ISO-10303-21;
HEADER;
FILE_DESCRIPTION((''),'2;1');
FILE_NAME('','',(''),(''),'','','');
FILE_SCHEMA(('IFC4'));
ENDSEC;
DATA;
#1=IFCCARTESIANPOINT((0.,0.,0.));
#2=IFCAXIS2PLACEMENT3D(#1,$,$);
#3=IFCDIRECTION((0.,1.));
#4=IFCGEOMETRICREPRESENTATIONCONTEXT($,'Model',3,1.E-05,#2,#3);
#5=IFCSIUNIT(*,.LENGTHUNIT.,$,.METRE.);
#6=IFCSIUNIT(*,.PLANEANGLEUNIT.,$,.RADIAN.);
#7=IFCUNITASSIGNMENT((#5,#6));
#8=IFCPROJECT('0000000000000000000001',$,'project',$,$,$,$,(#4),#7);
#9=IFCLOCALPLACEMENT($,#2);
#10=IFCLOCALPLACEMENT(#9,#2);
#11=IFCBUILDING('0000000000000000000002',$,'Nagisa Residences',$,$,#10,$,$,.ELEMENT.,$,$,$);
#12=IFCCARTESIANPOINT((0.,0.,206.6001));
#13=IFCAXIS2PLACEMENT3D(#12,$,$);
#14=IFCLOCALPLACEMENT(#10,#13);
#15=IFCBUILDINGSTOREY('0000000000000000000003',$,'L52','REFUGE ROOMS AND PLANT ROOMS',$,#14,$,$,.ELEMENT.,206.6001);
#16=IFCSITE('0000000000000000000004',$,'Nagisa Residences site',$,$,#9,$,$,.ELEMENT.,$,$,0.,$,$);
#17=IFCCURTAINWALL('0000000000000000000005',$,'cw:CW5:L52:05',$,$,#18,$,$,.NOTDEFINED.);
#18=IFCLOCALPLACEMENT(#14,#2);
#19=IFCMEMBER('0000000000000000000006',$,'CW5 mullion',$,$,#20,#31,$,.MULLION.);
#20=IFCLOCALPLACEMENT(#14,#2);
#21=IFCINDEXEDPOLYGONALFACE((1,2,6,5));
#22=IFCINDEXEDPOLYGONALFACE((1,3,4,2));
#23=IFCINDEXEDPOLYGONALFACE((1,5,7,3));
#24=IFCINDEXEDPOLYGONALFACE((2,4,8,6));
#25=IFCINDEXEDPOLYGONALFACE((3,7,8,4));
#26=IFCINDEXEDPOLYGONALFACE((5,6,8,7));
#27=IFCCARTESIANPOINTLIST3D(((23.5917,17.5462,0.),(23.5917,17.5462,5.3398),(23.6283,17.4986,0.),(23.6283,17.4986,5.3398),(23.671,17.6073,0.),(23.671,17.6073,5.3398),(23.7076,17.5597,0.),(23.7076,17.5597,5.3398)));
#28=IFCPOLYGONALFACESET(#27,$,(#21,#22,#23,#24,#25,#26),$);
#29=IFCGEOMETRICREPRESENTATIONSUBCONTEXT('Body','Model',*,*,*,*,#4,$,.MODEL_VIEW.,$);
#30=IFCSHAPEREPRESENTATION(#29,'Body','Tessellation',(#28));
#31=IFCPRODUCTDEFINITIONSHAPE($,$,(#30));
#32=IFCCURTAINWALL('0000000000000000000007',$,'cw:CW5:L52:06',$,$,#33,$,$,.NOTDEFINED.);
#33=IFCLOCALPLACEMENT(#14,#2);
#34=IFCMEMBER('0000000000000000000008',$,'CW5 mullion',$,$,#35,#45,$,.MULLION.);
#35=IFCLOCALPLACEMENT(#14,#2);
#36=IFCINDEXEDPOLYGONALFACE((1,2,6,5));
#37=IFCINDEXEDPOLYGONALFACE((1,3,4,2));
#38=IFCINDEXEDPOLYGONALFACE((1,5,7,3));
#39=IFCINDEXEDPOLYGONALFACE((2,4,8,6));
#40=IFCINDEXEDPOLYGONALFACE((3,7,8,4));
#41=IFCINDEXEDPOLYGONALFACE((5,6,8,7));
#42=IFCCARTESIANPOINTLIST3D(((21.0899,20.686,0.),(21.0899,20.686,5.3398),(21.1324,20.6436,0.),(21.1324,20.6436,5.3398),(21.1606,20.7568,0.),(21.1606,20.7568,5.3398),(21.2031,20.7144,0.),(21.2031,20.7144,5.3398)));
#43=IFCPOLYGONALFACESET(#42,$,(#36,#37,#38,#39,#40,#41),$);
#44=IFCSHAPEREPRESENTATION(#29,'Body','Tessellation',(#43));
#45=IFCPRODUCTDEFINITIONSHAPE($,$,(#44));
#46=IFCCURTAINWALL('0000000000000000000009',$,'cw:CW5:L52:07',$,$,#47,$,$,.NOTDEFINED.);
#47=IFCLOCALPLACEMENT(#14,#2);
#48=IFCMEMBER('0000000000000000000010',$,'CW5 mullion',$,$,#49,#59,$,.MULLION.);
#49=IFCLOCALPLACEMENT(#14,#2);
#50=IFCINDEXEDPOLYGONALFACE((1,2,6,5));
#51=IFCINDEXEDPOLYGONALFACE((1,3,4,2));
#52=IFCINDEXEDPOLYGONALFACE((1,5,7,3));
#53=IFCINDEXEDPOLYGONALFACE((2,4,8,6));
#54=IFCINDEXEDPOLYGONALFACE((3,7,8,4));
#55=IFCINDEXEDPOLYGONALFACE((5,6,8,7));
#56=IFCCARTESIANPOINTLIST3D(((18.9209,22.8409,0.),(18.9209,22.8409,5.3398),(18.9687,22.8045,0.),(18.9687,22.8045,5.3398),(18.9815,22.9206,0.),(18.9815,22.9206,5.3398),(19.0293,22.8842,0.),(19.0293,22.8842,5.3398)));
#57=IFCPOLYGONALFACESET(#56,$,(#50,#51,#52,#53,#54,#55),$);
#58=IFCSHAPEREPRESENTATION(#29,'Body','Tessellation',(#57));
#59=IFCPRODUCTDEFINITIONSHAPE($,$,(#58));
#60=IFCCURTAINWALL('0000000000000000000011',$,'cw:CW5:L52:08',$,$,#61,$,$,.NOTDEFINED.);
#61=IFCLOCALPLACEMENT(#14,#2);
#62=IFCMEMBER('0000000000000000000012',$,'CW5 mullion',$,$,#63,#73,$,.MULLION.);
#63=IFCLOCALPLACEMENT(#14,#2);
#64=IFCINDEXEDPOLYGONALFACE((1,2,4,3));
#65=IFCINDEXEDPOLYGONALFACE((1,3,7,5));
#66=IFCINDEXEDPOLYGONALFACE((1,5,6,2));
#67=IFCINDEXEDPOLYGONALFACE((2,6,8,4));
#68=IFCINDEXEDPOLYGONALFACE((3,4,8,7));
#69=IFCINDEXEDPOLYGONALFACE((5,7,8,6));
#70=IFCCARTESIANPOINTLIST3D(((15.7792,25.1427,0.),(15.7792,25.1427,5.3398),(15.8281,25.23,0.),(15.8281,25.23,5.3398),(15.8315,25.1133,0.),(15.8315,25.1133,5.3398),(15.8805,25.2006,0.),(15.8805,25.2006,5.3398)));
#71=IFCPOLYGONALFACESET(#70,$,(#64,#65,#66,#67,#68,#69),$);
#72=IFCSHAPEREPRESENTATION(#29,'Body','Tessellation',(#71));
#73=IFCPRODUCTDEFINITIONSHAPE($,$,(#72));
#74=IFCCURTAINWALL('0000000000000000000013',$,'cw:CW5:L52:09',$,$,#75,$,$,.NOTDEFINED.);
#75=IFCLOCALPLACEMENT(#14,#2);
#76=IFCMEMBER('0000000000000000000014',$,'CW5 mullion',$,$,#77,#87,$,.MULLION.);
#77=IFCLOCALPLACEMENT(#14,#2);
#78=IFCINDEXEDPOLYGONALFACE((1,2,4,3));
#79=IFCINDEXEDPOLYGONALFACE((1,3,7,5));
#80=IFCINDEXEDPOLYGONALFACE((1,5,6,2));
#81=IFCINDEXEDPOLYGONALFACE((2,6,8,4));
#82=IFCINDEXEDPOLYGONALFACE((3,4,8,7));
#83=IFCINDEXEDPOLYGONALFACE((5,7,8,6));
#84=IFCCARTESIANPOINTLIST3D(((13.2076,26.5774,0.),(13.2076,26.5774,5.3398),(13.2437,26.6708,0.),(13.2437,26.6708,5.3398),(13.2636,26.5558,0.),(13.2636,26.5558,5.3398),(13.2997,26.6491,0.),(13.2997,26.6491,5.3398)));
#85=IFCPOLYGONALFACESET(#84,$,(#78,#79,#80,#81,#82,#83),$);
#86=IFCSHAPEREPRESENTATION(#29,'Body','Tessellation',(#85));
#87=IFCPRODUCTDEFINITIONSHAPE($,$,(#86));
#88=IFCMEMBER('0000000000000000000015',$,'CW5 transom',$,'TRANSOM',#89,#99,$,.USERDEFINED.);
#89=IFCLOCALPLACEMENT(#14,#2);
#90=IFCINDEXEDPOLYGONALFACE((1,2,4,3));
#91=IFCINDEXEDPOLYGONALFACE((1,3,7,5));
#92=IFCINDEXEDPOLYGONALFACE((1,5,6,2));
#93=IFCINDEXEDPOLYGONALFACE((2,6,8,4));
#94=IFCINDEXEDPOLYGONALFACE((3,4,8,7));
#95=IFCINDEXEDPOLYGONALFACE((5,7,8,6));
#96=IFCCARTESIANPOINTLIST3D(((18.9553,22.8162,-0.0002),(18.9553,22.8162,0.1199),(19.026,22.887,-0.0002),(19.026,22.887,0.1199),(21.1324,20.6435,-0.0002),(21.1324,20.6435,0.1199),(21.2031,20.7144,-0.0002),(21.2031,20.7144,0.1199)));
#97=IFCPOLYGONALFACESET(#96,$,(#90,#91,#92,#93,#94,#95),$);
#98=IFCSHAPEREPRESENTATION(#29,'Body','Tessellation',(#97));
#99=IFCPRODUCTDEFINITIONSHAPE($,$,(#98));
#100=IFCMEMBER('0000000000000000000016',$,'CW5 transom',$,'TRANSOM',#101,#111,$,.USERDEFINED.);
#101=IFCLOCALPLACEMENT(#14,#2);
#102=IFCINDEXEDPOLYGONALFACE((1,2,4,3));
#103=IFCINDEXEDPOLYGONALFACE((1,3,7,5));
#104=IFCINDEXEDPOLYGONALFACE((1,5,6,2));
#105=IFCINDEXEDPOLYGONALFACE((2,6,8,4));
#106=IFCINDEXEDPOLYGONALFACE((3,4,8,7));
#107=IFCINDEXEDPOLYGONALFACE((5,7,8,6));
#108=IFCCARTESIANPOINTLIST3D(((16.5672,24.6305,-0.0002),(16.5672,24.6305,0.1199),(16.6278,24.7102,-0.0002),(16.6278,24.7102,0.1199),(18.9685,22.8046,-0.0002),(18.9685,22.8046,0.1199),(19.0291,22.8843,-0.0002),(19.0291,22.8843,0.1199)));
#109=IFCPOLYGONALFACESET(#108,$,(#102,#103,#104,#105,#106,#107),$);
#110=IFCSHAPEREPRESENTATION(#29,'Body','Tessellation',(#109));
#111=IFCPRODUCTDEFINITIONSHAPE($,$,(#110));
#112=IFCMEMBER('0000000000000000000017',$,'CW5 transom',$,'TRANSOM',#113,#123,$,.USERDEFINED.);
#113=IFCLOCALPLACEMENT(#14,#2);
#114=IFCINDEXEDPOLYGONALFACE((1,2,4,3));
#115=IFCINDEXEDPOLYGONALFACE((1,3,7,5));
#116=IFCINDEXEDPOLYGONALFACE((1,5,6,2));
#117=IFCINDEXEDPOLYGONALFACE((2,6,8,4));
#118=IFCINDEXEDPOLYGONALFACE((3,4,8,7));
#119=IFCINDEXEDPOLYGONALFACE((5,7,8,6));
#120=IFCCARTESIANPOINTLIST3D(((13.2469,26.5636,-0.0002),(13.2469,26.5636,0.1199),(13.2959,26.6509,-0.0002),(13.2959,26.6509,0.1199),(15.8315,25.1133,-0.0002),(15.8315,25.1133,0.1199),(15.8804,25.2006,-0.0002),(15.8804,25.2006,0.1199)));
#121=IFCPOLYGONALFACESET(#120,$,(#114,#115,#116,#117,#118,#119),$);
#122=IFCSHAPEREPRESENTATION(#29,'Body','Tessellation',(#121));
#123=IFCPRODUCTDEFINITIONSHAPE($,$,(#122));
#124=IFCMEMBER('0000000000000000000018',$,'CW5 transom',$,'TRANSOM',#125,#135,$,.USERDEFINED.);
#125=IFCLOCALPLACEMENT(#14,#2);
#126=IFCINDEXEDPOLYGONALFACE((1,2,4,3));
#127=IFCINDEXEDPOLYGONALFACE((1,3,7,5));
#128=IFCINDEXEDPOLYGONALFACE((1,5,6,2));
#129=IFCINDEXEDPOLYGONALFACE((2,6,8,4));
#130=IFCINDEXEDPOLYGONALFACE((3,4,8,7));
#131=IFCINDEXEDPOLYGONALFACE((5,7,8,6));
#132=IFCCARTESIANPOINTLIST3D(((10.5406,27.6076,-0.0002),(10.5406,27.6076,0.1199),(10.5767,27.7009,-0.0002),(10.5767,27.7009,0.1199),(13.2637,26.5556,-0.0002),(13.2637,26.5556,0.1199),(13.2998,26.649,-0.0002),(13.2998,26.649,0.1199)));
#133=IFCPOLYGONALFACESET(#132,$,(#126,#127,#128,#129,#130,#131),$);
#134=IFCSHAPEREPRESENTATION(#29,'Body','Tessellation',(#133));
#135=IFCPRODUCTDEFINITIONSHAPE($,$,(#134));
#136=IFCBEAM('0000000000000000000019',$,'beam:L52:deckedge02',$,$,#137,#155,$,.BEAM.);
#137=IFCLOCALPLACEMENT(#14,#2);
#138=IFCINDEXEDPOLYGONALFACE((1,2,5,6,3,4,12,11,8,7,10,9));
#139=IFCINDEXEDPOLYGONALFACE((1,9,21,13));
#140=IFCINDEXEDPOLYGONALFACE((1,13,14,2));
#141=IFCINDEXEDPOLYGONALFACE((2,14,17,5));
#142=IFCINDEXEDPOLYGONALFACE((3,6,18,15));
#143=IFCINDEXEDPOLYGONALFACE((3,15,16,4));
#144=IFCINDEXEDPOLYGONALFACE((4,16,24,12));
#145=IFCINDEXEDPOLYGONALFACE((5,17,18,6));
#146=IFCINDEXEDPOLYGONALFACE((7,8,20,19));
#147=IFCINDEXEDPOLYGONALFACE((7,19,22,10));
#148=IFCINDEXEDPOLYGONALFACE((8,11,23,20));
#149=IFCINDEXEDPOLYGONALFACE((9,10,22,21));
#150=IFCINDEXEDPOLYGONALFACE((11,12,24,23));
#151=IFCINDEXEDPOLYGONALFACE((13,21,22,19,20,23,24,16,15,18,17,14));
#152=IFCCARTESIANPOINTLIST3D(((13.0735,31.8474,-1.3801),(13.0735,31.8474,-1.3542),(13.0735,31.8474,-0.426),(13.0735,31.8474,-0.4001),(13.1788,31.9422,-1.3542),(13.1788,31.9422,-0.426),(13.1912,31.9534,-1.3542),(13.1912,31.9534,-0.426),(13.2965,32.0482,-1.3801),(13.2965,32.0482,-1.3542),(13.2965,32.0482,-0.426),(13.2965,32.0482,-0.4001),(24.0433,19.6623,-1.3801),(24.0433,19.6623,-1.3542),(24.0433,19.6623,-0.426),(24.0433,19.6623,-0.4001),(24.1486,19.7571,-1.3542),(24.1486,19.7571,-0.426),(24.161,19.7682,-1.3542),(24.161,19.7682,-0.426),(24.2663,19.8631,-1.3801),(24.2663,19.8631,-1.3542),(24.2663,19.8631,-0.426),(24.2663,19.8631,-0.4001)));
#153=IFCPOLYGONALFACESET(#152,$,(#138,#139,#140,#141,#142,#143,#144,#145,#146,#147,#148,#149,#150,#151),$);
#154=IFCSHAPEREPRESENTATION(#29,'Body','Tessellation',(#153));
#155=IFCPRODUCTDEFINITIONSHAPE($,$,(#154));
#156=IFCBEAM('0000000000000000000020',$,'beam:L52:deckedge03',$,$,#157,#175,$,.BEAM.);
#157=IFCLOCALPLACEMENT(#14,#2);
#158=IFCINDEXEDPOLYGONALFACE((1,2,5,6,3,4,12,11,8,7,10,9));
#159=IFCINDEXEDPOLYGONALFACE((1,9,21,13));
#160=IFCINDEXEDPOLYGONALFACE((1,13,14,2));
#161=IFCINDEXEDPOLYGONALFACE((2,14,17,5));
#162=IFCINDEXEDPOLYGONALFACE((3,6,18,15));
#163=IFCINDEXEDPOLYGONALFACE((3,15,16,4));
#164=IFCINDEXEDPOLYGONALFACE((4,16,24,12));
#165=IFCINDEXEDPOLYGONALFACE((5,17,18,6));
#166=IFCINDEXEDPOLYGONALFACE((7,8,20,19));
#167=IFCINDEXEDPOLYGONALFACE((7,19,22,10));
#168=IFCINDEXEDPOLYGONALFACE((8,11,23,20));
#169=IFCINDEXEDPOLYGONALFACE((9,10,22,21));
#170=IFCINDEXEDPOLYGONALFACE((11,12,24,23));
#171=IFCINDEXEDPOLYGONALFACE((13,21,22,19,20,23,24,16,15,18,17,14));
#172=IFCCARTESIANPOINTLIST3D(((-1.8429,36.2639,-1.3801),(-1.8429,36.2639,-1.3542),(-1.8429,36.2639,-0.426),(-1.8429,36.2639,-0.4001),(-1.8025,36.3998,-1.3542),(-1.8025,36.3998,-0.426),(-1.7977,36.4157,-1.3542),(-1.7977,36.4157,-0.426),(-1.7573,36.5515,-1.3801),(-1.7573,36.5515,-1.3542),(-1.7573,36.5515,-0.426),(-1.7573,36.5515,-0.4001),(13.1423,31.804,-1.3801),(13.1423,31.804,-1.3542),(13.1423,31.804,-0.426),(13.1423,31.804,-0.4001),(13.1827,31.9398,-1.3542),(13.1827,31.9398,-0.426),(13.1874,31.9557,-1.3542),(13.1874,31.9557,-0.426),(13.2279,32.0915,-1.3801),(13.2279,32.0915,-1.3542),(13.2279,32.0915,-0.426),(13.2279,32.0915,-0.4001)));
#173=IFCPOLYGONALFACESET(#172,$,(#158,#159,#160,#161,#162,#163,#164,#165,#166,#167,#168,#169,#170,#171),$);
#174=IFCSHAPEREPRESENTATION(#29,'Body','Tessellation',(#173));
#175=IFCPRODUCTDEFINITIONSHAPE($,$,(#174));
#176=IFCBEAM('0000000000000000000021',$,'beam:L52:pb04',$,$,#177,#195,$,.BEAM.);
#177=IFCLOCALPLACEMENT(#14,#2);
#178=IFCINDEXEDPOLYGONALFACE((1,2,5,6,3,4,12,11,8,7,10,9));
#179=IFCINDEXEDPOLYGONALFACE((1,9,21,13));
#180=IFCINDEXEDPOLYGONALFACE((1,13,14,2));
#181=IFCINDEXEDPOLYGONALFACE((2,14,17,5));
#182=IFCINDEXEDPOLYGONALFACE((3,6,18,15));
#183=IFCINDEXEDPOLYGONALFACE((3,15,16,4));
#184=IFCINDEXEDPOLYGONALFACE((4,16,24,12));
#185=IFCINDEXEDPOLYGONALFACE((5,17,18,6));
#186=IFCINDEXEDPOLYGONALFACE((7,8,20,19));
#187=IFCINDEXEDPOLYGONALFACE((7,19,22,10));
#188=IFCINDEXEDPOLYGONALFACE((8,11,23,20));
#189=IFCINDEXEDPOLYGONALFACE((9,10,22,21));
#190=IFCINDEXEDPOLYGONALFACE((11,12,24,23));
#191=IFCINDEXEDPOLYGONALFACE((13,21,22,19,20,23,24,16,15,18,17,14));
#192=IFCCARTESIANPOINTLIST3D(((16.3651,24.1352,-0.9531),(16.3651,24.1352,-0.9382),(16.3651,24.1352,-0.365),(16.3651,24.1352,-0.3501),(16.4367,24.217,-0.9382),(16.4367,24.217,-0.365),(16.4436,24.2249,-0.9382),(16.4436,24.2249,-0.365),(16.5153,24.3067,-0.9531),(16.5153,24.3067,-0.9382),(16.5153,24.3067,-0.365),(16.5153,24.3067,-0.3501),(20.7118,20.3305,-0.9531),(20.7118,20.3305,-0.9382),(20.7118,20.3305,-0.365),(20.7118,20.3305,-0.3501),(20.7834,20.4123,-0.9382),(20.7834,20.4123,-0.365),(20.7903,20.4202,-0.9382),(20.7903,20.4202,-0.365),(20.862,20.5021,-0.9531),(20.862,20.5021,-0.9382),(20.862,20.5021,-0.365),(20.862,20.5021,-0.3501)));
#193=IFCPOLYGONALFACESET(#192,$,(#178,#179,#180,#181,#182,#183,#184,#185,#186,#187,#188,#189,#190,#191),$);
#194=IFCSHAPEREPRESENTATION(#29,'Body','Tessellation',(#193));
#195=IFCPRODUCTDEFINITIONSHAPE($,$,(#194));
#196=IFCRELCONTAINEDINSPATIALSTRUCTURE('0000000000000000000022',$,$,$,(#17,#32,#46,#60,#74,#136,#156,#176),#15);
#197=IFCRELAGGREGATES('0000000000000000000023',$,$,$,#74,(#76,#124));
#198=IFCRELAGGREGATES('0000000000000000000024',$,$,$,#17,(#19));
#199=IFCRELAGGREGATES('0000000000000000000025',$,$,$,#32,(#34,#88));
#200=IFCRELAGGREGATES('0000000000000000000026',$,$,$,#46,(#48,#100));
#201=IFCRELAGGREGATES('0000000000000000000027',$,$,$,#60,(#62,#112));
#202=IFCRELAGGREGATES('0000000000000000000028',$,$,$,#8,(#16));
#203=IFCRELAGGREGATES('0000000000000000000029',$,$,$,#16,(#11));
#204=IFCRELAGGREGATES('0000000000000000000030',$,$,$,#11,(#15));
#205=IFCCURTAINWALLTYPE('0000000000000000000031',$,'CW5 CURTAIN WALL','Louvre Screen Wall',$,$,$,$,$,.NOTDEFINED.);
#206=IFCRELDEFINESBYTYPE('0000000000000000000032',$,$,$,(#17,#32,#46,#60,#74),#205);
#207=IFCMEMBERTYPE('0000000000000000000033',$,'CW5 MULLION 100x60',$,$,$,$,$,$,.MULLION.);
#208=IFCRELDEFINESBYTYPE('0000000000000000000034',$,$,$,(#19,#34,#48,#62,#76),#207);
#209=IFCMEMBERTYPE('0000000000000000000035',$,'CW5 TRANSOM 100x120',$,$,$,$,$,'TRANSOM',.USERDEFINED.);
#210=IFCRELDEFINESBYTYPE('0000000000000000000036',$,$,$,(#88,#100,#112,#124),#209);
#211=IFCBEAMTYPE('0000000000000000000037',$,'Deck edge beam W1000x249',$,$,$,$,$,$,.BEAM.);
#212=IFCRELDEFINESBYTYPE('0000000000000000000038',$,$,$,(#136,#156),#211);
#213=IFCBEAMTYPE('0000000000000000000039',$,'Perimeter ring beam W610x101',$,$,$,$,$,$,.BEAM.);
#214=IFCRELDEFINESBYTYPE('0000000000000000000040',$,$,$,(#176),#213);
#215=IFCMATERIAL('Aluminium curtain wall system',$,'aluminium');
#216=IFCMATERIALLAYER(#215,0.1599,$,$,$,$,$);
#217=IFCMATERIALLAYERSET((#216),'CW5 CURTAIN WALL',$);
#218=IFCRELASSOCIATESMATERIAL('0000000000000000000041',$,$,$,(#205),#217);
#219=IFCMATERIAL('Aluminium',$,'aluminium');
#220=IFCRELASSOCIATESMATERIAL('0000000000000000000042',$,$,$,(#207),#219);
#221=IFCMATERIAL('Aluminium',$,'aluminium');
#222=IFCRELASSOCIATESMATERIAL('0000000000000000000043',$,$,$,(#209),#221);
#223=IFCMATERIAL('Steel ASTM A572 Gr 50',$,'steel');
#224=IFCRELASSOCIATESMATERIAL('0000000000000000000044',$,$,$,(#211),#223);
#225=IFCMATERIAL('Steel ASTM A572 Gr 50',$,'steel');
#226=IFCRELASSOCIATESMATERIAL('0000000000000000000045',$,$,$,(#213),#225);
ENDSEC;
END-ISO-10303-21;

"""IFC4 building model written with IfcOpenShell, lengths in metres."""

from ifc_helpers import new_model, si_unit, direction, frame, origin, origin_2d, place, context, subcontext, project, spatial, rectangle, i_section, extrude, material, layer, layer_set, material_profile, profile_set, type_object, element, aggregate, save


model = new_model("IFC4")

# Units and contexts
model_context = context("Model", 3, precision=1e-05, world=origin(), true_north=direction((0.0, 1.0)))
body_context = subcontext(model_context, "Body", "Model", "MODEL_VIEW")
ifc_project = project(units=[si_unit("LENGTHUNIT", "METRE"), si_unit("PLANEANGLEUNIT", "RADIAN")], contexts=[model_context])

# Site, building, storey
site_placement = place(None, origin())
site = spatial("IfcSite", under=ifc_project, at=site_placement, Name="Nagisa Residences site", CompositionType="ELEMENT", RefElevation=0.0)
building_placement = place(site_placement, origin())
building = spatial("IfcBuilding", under=site, at=building_placement, Name="Nagisa Residences", CompositionType="ELEMENT")
storey_placement = place(building_placement, frame((0.0, 0.0, 206.6001)))
storey = spatial("IfcBuildingStorey", under=building, at=storey_placement, Name="L52", Description="REFUGE ROOMS AND PLANT ROOMS", CompositionType="ELEMENT", Elevation=206.6001)

# Curtain walls, members
ifc_material_1 = material(Name="Aluminium curtain wall system", Category="aluminium")
ifc_layer_1 = layer(ifc_material_1, 0.1599)
ifc_layer_set_1 = layer_set([ifc_layer_1], Name="CW5 CURTAIN WALL")
curtain_wall_type = type_object("IfcCurtainWallType", Name="CW5 CURTAIN WALL", Description="Louvre Screen Wall", PredefinedType="NOTDEFINED", material=ifc_layer_set_1)
curtain_wall_1_placement = place(storey_placement, origin())
curtain_wall_1 = element("IfcCurtainWall", 1, at=curtain_wall_1_placement, inside=storey, type_object=curtain_wall_type, Name="cw:CW5:L52:05", PredefinedType="NOTDEFINED")
ifc_material_2 = material(Name="Aluminium", Category="aluminium")
ifc_material_profile_1 = material_profile(ifc_material_2, rectangle(XDim=0.1001, YDim=0.0601, at=origin_2d()), Name="CW5 MULLION 100x60")
ifc_profile_set_1 = profile_set([ifc_material_profile_1], Name="Aluminium")
member_type_1 = type_object("IfcMemberType", Name="CW5 MULLION 100x60", PredefinedType="MULLION", material=ifc_profile_set_1)
member_1_placement = place(storey_placement, frame((23.6497, 17.553, 0.0), z_axis=(0.0, 0.0, 1.0), x_axis=(-0.79207, -0.61043, 0.0)))
member_1 = element("IfcMember", 2, at=member_1_placement, type_object=member_type_1, Name="CW5 mullion", PredefinedType="MULLION", context=body_context, shape_type="SweptSolid", body=[
    extrude(rectangle(XDim=0.1001, YDim=0.0601, at=origin_2d()), origin(), (0.0, 0.0, 1.0), 5.3398),
])
curtain_wall_2_placement = place(storey_placement, origin())
curtain_wall_2 = element("IfcCurtainWall", 3, at=curtain_wall_2_placement, inside=storey, type_object=curtain_wall_type, Name="cw:CW5:L52:06", PredefinedType="NOTDEFINED")
member_2_placement = place(storey_placement, frame((21.1465, 20.7002, 0.0), z_axis=(0.0, 0.0, 1.0), x_axis=(-0.706377, -0.707836, 0.0)))
member_2 = element("IfcMember", 4, at=member_2_placement, type_object=member_type_1, Name="CW5 mullion", PredefinedType="MULLION", context=body_context, shape_type="SweptSolid", body=[
    extrude(rectangle(XDim=0.1001, YDim=0.0601, at=origin_2d()), origin(), (0.0, 0.0, 1.0), 5.3398),
])
curtain_wall_3_placement = place(storey_placement, origin())
curtain_wall_3 = element("IfcCurtainWall", 5, at=curtain_wall_3_placement, inside=storey, type_object=curtain_wall_type, Name="cw:CW5:L52:07", PredefinedType="NOTDEFINED")
member_3_placement = place(storey_placement, frame((18.9751, 22.8625, 0.0), z_axis=(0.0, 0.0, 1.0), x_axis=(-0.605255, -0.796031, 0.0)))
member_3 = element("IfcMember", 6, at=member_3_placement, type_object=member_type_1, Name="CW5 mullion", PredefinedType="MULLION", context=body_context, shape_type="SweptSolid", body=[
    extrude(rectangle(XDim=0.1001, YDim=0.0601, at=origin_2d()), origin(), (0.0, 0.0, 1.0), 5.3398),
])
curtain_wall_4_placement = place(storey_placement, origin())
curtain_wall_4 = element("IfcCurtainWall", 7, at=curtain_wall_4_placement, inside=storey, type_object=curtain_wall_type, Name="cw:CW5:L52:08", PredefinedType="NOTDEFINED")
member_4_placement = place(storey_placement, frame((15.8298, 25.1716, 0.0), z_axis=(0.0, 0.0, 1.0), x_axis=(-0.489377, -0.872072, 0.0)))
member_4 = element("IfcMember", 8, at=member_4_placement, type_object=member_type_1, Name="CW5 mullion", PredefinedType="MULLION", context=body_context, shape_type="SweptSolid", body=[
    extrude(rectangle(XDim=0.1001, YDim=0.0601, at=origin_2d()), origin(), (0.0, 0.0, 1.0), 5.3398),
])
curtain_wall_5_placement = place(storey_placement, origin())
curtain_wall_5 = element("IfcCurtainWall", 9, at=curtain_wall_5_placement, inside=storey, type_object=curtain_wall_type, Name="cw:CW5:L52:09", PredefinedType="NOTDEFINED")
member_5_placement = place(storey_placement, frame((13.2537, 26.6133, 0.0), z_axis=(0.0, 0.0, 1.0), x_axis=(-0.360328, -0.932826, 0.0)))
member_5 = element("IfcMember", 10, at=member_5_placement, type_object=member_type_1, Name="CW5 mullion", PredefinedType="MULLION", context=body_context, shape_type="SweptSolid", body=[
    extrude(rectangle(XDim=0.1001, YDim=0.0601, at=origin_2d()), origin(), (0.0, 0.0, 1.0), 5.3398),
])

# Members
ifc_material_3 = material(Name="Aluminium", Category="aluminium")
ifc_material_profile_2 = material_profile(ifc_material_3, rectangle(XDim=0.1001, YDim=0.1201, at=origin_2d()), Name="CW5 TRANSOM 100x120")
ifc_profile_set_2 = profile_set([ifc_material_profile_2], Name="Aluminium")
member_type_2 = type_object("IfcMemberType", Name="CW5 TRANSOM 100x120", ElementType="TRANSOM", PredefinedType="USERDEFINED", material=ifc_profile_set_2)
member_6_placement = place(storey_placement, frame((21.1677, 20.679, 0.0598), z_axis=(-0.707821, 0.706392, 0.0), x_axis=(-0.706392, -0.707821, 0.0)))
member_6 = element("IfcMember", 11, at=member_6_placement, type_object=member_type_2, Name="CW5 transom", ObjectType="TRANSOM", PredefinedType="USERDEFINED", context=body_context, shape_type="SweptSolid", body=[
    extrude(rectangle(XDim=0.1001, YDim=0.1201, at=origin_2d()), origin(), (0.0, 0.0, 1.0), 3.0757),
])
member_7_placement = place(storey_placement, frame((18.9988, 22.8445, 0.0598), z_axis=(-0.79602, 0.60527, 0.0), x_axis=(-0.60527, -0.79602, 0.0)))
member_7 = element("IfcMember", 12, at=member_7_placement, type_object=member_type_2, Name="CW5 transom", ObjectType="TRANSOM", PredefinedType="USERDEFINED", context=body_context, shape_type="SweptSolid", body=[
    extrude(rectangle(XDim=0.1001, YDim=0.1201, at=origin_2d()), origin(), (0.0, 0.0, 1.0), 3.0166),
])
member_8_placement = place(storey_placement, frame((15.856, 25.157, 0.0598), z_axis=(-0.87209, 0.489346, 0.0), x_axis=(-0.489346, -0.87209, 0.0)))
member_8 = element("IfcMember", 13, at=member_8_placement, type_object=member_type_2, Name="CW5 transom", ObjectType="TRANSOM", PredefinedType="USERDEFINED", context=body_context, shape_type="SweptSolid", body=[
    extrude(rectangle(XDim=0.1001, YDim=0.1201, at=origin_2d()), origin(), (0.0, 0.0, 1.0), 2.9636),
])
member_9_placement = place(storey_placement, frame((13.2817, 26.6023, 0.0598), z_axis=(-0.932812, 0.360363, 0.0), x_axis=(-0.360363, -0.932812, 0.0)))
member_9 = element("IfcMember", 14, at=member_9_placement, type_object=member_type_2, Name="CW5 transom", ObjectType="TRANSOM", PredefinedType="USERDEFINED", context=body_context, shape_type="SweptSolid", body=[
    extrude(rectangle(XDim=0.1001, YDim=0.1201, at=origin_2d()), origin(), (0.0, 0.0, 1.0), 2.9192),
])
aggregate(curtain_wall_5, [member_5, member_9])

# Beams
ifc_material_4 = material(Name="Steel ASTM A572 Gr 50", Category="steel")
ifc_material_profile_3 = material_profile(ifc_material_4, i_section(OverallWidth=0.3, OverallDepth=0.98, WebThickness=0.0166, FlangeThickness=0.0259, at=origin_2d()), Name="W1000x249")
ifc_profile_set_3 = profile_set([ifc_material_profile_3], Name="Steel ASTM A572 Gr 50")
beam_type_1 = type_object("IfcBeamType", Name="Deck edge beam W1000x249", PredefinedType="BEAM", material=ifc_profile_set_3)
beam_1_placement = place(storey_placement, frame((24.1548, 19.7627, -0.8901), z_axis=(-0.669072, 0.743198, 0.0), x_axis=(-0.743198, -0.669072, 0.0)))
element("IfcBeam", 15, at=beam_1_placement, inside=storey, type_object=beam_type_1, Name="beam:L52:deckedge02", PredefinedType="BEAM", context=body_context, shape_type="SweptSolid", body=[
    extrude(i_section(OverallWidth=0.3, OverallDepth=0.98, WebThickness=0.0166, FlangeThickness=0.0259, at=origin_2d()), origin(), (0.0, 0.0, 1.0), 16.3955),
])
beam_2_placement = place(storey_placement, frame((13.1851, 31.9478, -0.8901), z_axis=(-0.95845, 0.28526, 0.0), x_axis=(-0.28526, -0.95845, 0.0)))
element("IfcBeam", 16, at=beam_2_placement, inside=storey, type_object=beam_type_1, Name="beam:L52:deckedge03", PredefinedType="BEAM", context=body_context, shape_type="SweptSolid", body=[
    extrude(i_section(OverallWidth=0.3, OverallDepth=0.98, WebThickness=0.0166, FlangeThickness=0.0259, at=origin_2d()), origin(), (0.0, 0.0, 1.0), 15.6348),
])
ifc_material_5 = material(Name="Steel ASTM A572 Gr 50", Category="steel")
ifc_material_profile_4 = material_profile(ifc_material_5, i_section(OverallWidth=0.228, OverallDepth=0.603, WebThickness=0.0105, FlangeThickness=0.0149, at=origin_2d()), Name="W610x101")
ifc_profile_set_4 = profile_set([ifc_material_profile_4], Name="Steel ASTM A572 Gr 50")
beam_type_2 = type_object("IfcBeamType", Name="Perimeter ring beam W610x101", PredefinedType="BEAM", material=ifc_profile_set_4)
beam_3_placement = place(storey_placement, frame((20.7869, 20.4163, -0.6516), z_axis=(-0.752461, 0.658636, 0.0), x_axis=(-0.658636, -0.752461, 0.0)))
element("IfcBeam", 17, at=beam_3_placement, inside=storey, type_object=beam_type_2, Name="beam:L52:pb04", PredefinedType="BEAM", context=body_context, shape_type="SweptSolid", body=[
    extrude(i_section(OverallWidth=0.228, OverallDepth=0.603, WebThickness=0.0105, FlangeThickness=0.0149, at=origin_2d()), origin(), (0.0, 0.0, 1.0), 5.7766),
])

aggregate(curtain_wall_1, [member_1])
aggregate(curtain_wall_2, [member_2, member_6])
aggregate(curtain_wall_3, [member_3, member_7])
aggregate(curtain_wall_4, [member_4, member_8])

save(model, "model.ifc")
